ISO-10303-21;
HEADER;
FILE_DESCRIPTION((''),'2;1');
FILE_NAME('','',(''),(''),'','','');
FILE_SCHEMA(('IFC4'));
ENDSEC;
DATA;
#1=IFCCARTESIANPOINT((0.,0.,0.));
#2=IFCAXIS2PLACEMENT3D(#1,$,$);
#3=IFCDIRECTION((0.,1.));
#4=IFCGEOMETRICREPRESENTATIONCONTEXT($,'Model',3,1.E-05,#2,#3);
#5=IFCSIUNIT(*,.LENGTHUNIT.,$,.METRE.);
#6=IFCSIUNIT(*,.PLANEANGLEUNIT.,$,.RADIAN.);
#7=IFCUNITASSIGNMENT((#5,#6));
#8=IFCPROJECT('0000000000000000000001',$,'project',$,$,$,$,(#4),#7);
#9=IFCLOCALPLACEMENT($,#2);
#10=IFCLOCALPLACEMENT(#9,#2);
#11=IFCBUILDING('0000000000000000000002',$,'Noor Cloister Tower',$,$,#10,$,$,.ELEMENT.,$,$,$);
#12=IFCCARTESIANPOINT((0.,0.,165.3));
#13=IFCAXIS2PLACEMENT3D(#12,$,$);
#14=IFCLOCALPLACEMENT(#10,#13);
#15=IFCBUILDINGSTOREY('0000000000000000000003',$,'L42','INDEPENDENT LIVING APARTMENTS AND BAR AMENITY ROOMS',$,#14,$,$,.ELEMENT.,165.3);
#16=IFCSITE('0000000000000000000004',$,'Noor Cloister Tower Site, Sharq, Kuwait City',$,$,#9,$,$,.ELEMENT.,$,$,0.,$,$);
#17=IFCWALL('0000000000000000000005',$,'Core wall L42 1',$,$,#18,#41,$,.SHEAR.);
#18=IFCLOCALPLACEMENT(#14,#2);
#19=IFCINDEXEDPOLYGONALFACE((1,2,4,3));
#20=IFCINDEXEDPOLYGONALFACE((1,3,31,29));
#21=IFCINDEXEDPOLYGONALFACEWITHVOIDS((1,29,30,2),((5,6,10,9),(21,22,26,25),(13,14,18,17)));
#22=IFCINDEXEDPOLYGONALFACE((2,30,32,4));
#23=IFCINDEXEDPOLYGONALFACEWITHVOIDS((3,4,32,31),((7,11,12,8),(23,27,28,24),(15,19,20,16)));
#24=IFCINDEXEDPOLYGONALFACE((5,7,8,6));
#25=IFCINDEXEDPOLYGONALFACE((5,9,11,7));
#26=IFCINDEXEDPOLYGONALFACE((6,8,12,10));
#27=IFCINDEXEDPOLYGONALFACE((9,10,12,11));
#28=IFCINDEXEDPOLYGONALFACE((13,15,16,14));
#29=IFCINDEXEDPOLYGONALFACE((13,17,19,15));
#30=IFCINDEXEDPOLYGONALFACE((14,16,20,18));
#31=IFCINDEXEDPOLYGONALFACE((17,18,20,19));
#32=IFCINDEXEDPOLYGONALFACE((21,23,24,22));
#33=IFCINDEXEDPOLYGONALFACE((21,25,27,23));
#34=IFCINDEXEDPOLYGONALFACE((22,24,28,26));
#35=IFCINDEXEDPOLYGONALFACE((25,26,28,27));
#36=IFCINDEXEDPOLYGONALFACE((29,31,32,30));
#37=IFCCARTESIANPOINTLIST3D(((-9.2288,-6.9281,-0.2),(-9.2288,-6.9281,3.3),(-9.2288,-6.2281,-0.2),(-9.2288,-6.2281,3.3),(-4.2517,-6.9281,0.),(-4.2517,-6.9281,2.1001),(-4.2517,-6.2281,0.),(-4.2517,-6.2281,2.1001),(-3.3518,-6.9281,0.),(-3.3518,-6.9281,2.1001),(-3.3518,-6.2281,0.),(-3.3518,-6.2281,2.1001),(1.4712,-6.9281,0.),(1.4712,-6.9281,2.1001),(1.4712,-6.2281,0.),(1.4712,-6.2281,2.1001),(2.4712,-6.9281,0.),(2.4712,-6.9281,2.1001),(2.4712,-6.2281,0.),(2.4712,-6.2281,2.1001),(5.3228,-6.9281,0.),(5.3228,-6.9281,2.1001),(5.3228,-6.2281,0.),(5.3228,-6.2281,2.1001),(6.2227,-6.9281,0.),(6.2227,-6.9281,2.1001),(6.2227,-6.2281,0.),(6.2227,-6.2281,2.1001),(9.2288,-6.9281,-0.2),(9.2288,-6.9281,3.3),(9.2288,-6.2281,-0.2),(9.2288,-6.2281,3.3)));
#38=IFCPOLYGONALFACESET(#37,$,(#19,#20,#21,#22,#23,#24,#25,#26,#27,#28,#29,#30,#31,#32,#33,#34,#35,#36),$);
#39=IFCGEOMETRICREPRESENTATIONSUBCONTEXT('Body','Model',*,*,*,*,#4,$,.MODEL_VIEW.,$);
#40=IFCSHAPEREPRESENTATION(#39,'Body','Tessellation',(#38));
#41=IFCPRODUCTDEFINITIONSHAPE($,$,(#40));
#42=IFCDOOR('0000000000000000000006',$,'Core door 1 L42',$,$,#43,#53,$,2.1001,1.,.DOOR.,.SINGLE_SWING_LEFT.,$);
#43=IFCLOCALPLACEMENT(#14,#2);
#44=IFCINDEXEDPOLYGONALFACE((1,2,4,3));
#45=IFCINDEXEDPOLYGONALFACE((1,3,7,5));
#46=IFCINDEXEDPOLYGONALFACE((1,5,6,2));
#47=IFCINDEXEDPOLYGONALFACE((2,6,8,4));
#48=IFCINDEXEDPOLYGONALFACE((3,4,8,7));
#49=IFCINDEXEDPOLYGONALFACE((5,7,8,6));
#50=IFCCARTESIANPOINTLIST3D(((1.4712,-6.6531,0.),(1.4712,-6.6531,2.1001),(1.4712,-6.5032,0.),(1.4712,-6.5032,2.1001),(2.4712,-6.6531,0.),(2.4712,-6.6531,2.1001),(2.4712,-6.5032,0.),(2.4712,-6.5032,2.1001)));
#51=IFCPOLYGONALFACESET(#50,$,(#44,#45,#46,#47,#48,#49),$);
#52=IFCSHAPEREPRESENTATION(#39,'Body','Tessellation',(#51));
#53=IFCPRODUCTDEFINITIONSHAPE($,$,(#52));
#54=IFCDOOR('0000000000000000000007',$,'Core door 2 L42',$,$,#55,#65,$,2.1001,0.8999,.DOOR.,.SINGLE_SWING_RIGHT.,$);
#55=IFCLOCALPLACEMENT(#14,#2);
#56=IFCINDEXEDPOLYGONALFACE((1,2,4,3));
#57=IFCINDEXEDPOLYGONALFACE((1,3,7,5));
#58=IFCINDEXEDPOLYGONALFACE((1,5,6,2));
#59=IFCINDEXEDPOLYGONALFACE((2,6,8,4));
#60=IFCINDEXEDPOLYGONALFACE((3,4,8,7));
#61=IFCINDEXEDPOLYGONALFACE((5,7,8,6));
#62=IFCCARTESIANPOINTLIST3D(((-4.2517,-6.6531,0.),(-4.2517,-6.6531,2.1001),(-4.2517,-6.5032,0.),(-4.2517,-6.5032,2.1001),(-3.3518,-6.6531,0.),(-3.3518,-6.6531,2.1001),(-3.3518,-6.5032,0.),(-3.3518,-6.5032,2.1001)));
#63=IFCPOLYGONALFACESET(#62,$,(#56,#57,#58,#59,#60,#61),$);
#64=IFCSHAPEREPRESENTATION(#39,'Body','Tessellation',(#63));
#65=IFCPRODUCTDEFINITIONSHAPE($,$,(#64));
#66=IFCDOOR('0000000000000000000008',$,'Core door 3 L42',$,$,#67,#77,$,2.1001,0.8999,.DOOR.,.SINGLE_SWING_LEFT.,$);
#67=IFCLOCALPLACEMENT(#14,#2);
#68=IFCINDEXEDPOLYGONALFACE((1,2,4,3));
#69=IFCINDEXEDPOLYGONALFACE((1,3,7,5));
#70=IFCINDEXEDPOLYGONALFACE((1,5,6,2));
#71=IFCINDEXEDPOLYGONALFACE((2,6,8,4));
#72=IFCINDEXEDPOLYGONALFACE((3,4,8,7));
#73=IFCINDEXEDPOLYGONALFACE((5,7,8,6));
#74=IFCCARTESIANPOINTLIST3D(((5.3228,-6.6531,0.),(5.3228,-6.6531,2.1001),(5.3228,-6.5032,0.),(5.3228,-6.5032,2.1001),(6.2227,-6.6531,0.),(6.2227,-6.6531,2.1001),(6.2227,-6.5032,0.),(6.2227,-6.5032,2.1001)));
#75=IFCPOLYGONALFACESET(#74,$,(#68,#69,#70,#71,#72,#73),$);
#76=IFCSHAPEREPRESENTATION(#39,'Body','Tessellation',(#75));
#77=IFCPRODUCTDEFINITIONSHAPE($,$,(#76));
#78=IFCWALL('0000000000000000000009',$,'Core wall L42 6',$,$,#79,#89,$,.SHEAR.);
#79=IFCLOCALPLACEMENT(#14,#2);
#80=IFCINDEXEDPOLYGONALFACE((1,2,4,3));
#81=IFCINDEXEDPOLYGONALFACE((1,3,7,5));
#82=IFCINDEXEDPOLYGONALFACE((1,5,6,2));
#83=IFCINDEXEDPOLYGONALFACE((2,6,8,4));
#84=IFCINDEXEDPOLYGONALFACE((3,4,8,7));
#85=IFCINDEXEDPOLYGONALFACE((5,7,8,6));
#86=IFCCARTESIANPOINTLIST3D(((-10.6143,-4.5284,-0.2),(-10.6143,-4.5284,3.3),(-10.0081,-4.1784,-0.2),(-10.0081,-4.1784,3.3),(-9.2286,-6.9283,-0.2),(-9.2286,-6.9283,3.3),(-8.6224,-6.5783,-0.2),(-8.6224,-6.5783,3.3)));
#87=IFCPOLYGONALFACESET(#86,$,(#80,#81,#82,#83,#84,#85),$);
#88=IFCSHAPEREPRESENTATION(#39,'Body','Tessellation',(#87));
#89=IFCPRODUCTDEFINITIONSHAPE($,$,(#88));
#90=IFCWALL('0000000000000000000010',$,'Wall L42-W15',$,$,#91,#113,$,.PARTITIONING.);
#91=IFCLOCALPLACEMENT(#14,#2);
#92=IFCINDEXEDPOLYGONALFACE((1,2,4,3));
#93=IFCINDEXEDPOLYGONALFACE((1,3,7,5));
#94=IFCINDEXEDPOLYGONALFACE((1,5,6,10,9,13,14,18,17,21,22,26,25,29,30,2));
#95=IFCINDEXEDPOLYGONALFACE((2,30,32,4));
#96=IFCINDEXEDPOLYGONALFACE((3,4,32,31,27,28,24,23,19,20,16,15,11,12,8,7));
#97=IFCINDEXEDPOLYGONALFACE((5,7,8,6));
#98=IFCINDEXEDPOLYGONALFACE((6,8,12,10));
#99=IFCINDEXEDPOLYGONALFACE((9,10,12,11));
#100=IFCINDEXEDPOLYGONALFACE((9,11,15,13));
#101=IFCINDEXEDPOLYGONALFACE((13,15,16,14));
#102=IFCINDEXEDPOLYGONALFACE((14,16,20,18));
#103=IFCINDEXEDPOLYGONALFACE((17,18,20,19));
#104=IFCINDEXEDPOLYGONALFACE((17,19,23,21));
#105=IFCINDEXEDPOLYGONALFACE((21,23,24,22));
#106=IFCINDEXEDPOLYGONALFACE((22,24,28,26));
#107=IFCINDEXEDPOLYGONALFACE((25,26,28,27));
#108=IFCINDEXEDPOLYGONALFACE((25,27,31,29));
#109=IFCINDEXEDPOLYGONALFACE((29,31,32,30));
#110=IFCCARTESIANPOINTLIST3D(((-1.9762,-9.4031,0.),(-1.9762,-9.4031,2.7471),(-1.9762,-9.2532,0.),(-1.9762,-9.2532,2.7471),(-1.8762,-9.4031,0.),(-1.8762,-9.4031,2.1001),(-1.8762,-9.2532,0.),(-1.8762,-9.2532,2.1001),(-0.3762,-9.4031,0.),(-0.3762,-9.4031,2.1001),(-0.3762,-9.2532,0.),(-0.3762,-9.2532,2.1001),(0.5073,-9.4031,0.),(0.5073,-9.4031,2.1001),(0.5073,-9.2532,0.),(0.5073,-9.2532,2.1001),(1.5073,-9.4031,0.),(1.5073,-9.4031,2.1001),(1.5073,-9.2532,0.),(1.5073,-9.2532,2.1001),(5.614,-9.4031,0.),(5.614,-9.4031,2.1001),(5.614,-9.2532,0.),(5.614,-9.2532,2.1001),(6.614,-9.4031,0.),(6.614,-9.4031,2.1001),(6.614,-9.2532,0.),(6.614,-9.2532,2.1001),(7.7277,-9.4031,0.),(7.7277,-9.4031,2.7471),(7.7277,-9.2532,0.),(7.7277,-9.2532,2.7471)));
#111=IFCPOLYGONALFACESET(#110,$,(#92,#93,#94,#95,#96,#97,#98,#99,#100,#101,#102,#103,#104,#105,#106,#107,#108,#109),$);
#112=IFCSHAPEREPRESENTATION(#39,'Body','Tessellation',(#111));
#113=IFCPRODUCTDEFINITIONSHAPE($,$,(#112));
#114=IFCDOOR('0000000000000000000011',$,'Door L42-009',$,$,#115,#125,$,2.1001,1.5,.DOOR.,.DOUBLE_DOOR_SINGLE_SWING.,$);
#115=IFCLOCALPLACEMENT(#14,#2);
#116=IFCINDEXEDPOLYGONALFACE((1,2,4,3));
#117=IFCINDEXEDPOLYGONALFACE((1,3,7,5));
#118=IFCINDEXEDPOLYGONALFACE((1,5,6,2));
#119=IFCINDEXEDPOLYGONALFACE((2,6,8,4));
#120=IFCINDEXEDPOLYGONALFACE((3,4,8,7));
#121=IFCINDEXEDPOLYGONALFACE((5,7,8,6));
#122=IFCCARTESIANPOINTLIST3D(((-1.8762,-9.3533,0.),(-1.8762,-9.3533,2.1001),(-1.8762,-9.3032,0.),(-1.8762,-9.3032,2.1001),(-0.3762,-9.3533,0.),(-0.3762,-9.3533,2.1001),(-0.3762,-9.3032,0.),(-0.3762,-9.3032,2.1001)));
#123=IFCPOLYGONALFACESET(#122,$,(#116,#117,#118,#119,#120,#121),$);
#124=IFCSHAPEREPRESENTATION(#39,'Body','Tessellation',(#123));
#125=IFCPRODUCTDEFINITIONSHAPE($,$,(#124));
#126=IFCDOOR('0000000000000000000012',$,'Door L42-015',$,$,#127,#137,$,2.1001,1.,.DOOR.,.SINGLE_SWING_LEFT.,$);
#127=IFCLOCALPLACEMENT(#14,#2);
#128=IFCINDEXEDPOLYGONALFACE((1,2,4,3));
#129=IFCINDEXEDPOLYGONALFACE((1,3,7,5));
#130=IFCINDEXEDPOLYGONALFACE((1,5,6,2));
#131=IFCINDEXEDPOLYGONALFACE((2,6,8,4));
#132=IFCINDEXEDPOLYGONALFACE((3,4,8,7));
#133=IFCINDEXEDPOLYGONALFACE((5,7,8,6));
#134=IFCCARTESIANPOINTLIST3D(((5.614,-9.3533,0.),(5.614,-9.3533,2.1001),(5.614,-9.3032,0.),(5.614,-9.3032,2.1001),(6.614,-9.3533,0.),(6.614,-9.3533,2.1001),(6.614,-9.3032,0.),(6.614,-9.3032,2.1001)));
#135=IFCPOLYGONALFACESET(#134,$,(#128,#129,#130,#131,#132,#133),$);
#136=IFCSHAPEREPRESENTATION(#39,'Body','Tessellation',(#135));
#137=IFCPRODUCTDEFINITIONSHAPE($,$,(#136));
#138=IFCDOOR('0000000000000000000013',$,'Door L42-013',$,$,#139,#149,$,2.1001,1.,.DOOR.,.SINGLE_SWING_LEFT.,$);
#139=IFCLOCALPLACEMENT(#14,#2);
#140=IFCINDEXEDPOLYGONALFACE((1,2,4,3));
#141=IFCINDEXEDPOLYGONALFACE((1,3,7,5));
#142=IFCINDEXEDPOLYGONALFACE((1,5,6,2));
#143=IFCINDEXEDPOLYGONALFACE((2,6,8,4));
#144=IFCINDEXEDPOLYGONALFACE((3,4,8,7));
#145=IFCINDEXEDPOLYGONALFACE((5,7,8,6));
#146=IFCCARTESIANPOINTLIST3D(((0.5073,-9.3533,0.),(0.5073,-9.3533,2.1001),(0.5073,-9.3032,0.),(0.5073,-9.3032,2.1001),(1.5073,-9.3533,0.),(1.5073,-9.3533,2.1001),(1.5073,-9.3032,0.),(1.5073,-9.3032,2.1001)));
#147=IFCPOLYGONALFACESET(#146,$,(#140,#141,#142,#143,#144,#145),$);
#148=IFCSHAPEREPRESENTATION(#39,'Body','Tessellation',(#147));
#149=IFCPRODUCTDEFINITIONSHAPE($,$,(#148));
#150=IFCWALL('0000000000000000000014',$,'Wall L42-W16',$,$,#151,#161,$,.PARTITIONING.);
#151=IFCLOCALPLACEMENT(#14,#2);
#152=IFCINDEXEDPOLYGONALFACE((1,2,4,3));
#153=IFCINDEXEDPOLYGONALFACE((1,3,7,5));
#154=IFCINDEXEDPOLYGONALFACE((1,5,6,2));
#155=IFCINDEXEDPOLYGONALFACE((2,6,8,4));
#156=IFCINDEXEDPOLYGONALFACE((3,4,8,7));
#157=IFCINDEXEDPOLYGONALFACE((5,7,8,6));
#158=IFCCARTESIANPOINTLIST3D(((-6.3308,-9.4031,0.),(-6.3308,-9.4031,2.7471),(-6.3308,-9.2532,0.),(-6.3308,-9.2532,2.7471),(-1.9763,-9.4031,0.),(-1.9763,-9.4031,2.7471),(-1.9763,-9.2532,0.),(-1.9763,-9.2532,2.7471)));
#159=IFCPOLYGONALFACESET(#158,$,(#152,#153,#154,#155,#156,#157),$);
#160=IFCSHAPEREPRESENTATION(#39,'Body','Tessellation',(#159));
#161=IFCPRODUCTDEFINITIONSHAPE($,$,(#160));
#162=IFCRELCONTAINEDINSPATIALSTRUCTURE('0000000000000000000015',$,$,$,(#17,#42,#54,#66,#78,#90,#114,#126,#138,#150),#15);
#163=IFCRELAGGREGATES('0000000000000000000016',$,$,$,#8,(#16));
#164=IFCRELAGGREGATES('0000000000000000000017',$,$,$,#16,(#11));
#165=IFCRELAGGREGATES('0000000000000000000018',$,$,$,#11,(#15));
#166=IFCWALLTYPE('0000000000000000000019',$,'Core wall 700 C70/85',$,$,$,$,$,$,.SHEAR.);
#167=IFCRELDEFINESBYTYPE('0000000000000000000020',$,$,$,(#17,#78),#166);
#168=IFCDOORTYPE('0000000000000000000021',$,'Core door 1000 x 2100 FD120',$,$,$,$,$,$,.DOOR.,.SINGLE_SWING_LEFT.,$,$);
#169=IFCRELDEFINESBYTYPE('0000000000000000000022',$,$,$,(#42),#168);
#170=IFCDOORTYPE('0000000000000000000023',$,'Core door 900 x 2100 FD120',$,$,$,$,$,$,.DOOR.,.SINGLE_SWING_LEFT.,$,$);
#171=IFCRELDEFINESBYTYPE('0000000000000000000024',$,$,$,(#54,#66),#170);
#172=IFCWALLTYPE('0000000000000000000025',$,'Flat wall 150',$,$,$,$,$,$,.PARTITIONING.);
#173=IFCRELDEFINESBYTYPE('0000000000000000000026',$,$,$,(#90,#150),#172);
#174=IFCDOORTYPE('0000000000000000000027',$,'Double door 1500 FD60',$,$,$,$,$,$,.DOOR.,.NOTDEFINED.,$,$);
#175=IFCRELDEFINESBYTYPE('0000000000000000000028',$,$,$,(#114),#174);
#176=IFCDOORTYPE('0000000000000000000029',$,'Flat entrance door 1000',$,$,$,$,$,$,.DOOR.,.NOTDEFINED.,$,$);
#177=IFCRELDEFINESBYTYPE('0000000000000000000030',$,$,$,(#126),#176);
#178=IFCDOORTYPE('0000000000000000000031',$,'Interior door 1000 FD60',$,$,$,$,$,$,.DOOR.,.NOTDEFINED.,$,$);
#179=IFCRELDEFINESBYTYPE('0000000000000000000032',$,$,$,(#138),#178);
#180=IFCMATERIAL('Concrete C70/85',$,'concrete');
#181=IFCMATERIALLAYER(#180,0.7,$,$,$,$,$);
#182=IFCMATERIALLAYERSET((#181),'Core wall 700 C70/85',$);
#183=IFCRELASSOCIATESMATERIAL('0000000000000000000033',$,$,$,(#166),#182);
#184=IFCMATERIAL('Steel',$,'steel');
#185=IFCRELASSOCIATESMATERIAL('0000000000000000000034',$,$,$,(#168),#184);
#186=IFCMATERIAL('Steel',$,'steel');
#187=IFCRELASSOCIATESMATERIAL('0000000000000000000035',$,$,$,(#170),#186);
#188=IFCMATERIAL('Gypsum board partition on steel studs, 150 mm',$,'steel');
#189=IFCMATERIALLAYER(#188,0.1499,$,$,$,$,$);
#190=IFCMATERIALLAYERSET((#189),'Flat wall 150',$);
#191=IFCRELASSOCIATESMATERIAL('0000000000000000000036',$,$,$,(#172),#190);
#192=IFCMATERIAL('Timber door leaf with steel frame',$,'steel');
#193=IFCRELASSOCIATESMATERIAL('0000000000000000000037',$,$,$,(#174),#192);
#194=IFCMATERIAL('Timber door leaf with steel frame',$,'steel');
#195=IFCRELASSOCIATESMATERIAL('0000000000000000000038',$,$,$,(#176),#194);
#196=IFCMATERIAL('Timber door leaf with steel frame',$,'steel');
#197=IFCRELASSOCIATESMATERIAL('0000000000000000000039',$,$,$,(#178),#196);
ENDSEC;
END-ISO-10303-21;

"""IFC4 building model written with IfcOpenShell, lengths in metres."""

from ifc_helpers import new_model, si_unit, direction, frame, frame_2d, origin, place, context, subcontext, project, spatial, rectangle, extrude, material, layer, layer_set, type_object, element, fill, save


model = new_model("IFC4")

# Units and contexts
model_context = context("Model", 3, precision=1e-05, world=origin(), true_north=direction((0.0, 1.0)))
body_context = subcontext(model_context, "Body", "Model", "MODEL_VIEW")
ifc_project = project(units=[si_unit("LENGTHUNIT", "METRE"), si_unit("PLANEANGLEUNIT", "RADIAN")], contexts=[model_context])

# Site, building, storey
site_placement = place(None, origin())
site = spatial("IfcSite", under=ifc_project, at=site_placement, Name="Noor Cloister Tower Site, Sharq, Kuwait City", CompositionType="ELEMENT", RefElevation=0.0)
building_placement = place(site_placement, origin())
building = spatial("IfcBuilding", under=site, at=building_placement, Name="Noor Cloister Tower", CompositionType="ELEMENT")
storey_placement = place(building_placement, frame((0.0, 0.0, 165.3)))
storey = spatial("IfcBuildingStorey", under=building, at=storey_placement, Name="L42", Description="INDEPENDENT LIVING APARTMENTS AND BAR AMENITY ROOMS", CompositionType="ELEMENT", Elevation=165.3)

# Wall, openings, doors
ifc_material_1 = material(Name="Concrete C70/85", Category="concrete")
ifc_layer_1 = layer(ifc_material_1, 0.7)
ifc_layer_set_1 = layer_set([ifc_layer_1], Name="Core wall 700 C70/85")
wall_type_1 = type_object("IfcWallType", Name="Core wall 700 C70/85", PredefinedType="SHEAR", material=ifc_layer_set_1)
wall_1_placement = place(storey_placement, frame((-9.2288, -6.5781, -0.2), z_axis=(0.0, 0.0, 1.0), x_axis=(1.0, 0.0, 0.0)))
wall_1 = element("IfcWall", 1, at=wall_1_placement, inside=storey, type_object=wall_type_1, Name="Core wall L42 1", PredefinedType="SHEAR", context=body_context, shape_type="SweptSolid", body=[
    extrude(rectangle(XDim=18.4575, YDim=0.7, at=frame_2d((9.2288, 0.0))), origin(), (0.0, 0.0, 1.0), 3.5),
])
opening_1_placement = place(wall_1_placement, frame((10.7, 0.0, 0.2)))
opening_1 = element("IfcOpeningElement", 2, at=opening_1_placement, cuts=wall_1, PredefinedType="OPENING", context=body_context, shape_type="SweptSolid", body=[
    extrude(rectangle(XDim=1.0, YDim=2.1001, at=frame_2d((0.5, 1.05))), frame((0.0, 0.3599, 0.0), z_axis=(0.0, -1.0, 0.0), x_axis=(1.0, 0.0, 0.0)), (0.0, 0.0, 1.0), 0.72),
])
opening_2_placement = place(wall_1_placement, frame((4.9771, 0.0, 0.2)))
opening_2 = element("IfcOpeningElement", 3, at=opening_2_placement, cuts=wall_1, PredefinedType="OPENING", context=body_context, shape_type="SweptSolid", body=[
    extrude(rectangle(XDim=0.8999, YDim=2.1001, at=frame_2d((0.45, 1.05))), frame((0.0, 0.3599, 0.0), z_axis=(0.0, -1.0, 0.0), x_axis=(1.0, 0.0, 0.0)), (0.0, 0.0, 1.0), 0.72),
])
opening_3_placement = place(wall_1_placement, frame((14.5515, 0.0, 0.2)))
opening_3 = element("IfcOpeningElement", 4, at=opening_3_placement, cuts=wall_1, PredefinedType="OPENING", context=body_context, shape_type="SweptSolid", body=[
    extrude(rectangle(XDim=0.8999, YDim=2.1001, at=frame_2d((0.45, 1.05))), frame((0.0, 0.3599, 0.0), z_axis=(0.0, -1.0, 0.0), x_axis=(1.0, 0.0, 0.0)), (0.0, 0.0, 1.0), 0.72),
])
ifc_material_2 = material(Name="Steel", Category="steel")
door_type_1 = type_object("IfcDoorType", Name="Core door 1000 x 2100 FD120", OperationType="SINGLE_SWING_LEFT", PredefinedType="DOOR", material=ifc_material_2)
door_1_placement = place(opening_1_placement, origin())
door_1 = element("IfcDoor", 5, at=door_1_placement, inside=storey, type_object=door_type_1, Name="Core door 1 L42", OperationType="SINGLE_SWING_LEFT", OverallHeight=2.1001, OverallWidth=1.0, PredefinedType="DOOR", context=body_context, shape_type="SweptSolid", body=[
    extrude(rectangle(XDim=1.0, YDim=2.1001, at=frame_2d((0.5, 1.05))), frame((0.0, 0.075, 0.0), z_axis=(0.0, -1.0, 0.0), x_axis=(1.0, 0.0, 0.0)), (0.0, 0.0, 1.0), 0.1499),
])
fill(opening_1, door_1)
ifc_material_3 = material(Name="Steel", Category="steel")
door_type_2 = type_object("IfcDoorType", Name="Core door 900 x 2100 FD120", OperationType="SINGLE_SWING_LEFT", PredefinedType="DOOR", material=ifc_material_3)
door_2_placement = place(opening_2_placement, origin())
door_2 = element("IfcDoor", 6, at=door_2_placement, inside=storey, type_object=door_type_2, Name="Core door 2 L42", OperationType="SINGLE_SWING_RIGHT", OverallHeight=2.1001, OverallWidth=0.8999, PredefinedType="DOOR", context=body_context, shape_type="SweptSolid", body=[
    extrude(rectangle(XDim=0.8999, YDim=2.1001, at=frame_2d((0.45, 1.05))), frame((0.0, 0.075, 0.0), z_axis=(0.0, -1.0, 0.0), x_axis=(1.0, 0.0, 0.0)), (0.0, 0.0, 1.0), 0.1499),
])
fill(opening_2, door_2)
door_3_placement = place(opening_3_placement, origin())
door_3 = element("IfcDoor", 7, at=door_3_placement, inside=storey, type_object=door_type_2, Name="Core door 3 L42", OperationType="SINGLE_SWING_LEFT", OverallHeight=2.1001, OverallWidth=0.8999, PredefinedType="DOOR", context=body_context, shape_type="SweptSolid", body=[
    extrude(rectangle(XDim=0.8999, YDim=2.1001, at=frame_2d((0.45, 1.05))), frame((0.0, 0.075, 0.0), z_axis=(0.0, -1.0, 0.0), x_axis=(1.0, 0.0, 0.0)), (0.0, 0.0, 1.0), 0.1499),
])
fill(opening_3, door_3)

# Wall
wall_2_placement = place(storey_placement, frame((-10.3113, -4.3533, -0.2), z_axis=(0.0, 0.0, 1.0), x_axis=(0.500043, -0.866001, 0.0)))
element("IfcWall", 8, at=wall_2_placement, inside=storey, type_object=wall_type_1, Name="Core wall L42 6", PredefinedType="SHEAR", context=body_context, shape_type="SweptSolid", body=[
    extrude(rectangle(XDim=2.7712, YDim=0.7, at=frame_2d((1.3857, 0.0))), origin(), (0.0, 0.0, 1.0), 3.5),
])

# Wall, openings, doors
ifc_material_4 = material(Name="Gypsum board partition on steel studs, 150 mm", Category="steel")
ifc_layer_2 = layer(ifc_material_4, 0.1499)
ifc_layer_set_2 = layer_set([ifc_layer_2], Name="Flat wall 150")
wall_type_2 = type_object("IfcWallType", Name="Flat wall 150", PredefinedType="PARTITIONING", material=ifc_layer_set_2)
wall_3_placement = place(storey_placement, frame((-1.9763, -9.3281, 0.0), z_axis=(0.0, 0.0, 1.0), x_axis=(1.0, 0.0, 0.0)))
wall_3 = element("IfcWall", 9, at=wall_3_placement, inside=storey, type_object=wall_type_2, Name="Wall L42-W15", PredefinedType="PARTITIONING", context=body_context, shape_type="SweptSolid", body=[
    extrude(rectangle(XDim=9.7039, YDim=0.1499, at=frame_2d((4.8521, 0.0))), origin(), (0.0, 0.0, 1.0), 2.7471),
])
opening_4_placement = place(wall_3_placement, frame((0.1001, 0.0, 0.0)))
opening_4 = element("IfcOpeningElement", 10, at=opening_4_placement, cuts=wall_3, PredefinedType="OPENING", context=body_context, shape_type="SweptSolid", body=[
    extrude(rectangle(XDim=1.5, YDim=2.1001, at=frame_2d((0.75, 1.05))), frame((0.0, 0.085, 0.0), z_axis=(0.0, -1.0, 0.0), x_axis=(1.0, 0.0, 0.0)), (0.0, 0.0, 1.0), 0.1699),
])
opening_5_placement = place(wall_3_placement, frame((2.4836, 0.0, 0.0)))
opening_5 = element("IfcOpeningElement", 11, at=opening_5_placement, cuts=wall_3, PredefinedType="OPENING", context=body_context, shape_type="SweptSolid", body=[
    extrude(rectangle(XDim=1.0, YDim=2.1001, at=frame_2d((0.5, 1.05))), frame((0.0, 0.085, 0.0), z_axis=(0.0, -1.0, 0.0), x_axis=(1.0, 0.0, 0.0)), (0.0, 0.0, 1.0), 0.1699),
])
opening_6_placement = place(wall_3_placement, frame((7.5903, 0.0, 0.0)))
opening_6 = element("IfcOpeningElement", 12, at=opening_6_placement, cuts=wall_3, PredefinedType="OPENING", context=body_context, shape_type="SweptSolid", body=[
    extrude(rectangle(XDim=1.0, YDim=2.1001, at=frame_2d((0.5, 1.05))), frame((0.0, 0.085, 0.0), z_axis=(0.0, -1.0, 0.0), x_axis=(1.0, 0.0, 0.0)), (0.0, 0.0, 1.0), 0.1699),
])
ifc_material_5 = material(Name="Timber door leaf with steel frame", Category="steel")
door_type_3 = type_object("IfcDoorType", Name="Double door 1500 FD60", OperationType="NOTDEFINED", PredefinedType="DOOR", material=ifc_material_5)
door_4_placement = place(opening_4_placement, origin())
door_4 = element("IfcDoor", 13, at=door_4_placement, inside=storey, type_object=door_type_3, Name="Door L42-009", OperationType="DOUBLE_DOOR_SINGLE_SWING", OverallHeight=2.1001, OverallWidth=1.5, PredefinedType="DOOR", context=body_context, shape_type="SweptSolid", body=[
    extrude(rectangle(XDim=1.5, YDim=2.1001, at=frame_2d((0.75, 1.05))), frame((0.0, 0.0249, 0.0), z_axis=(0.0, -1.0, 0.0), x_axis=(1.0, 0.0, 0.0)), (0.0, 0.0, 1.0), 0.05),
])
fill(opening_4, door_4)
ifc_material_6 = material(Name="Timber door leaf with steel frame", Category="steel")
door_type_4 = type_object("IfcDoorType", Name="Flat entrance door 1000", OperationType="NOTDEFINED", PredefinedType="DOOR", material=ifc_material_6)
door_5_placement = place(opening_6_placement, origin())
door_5 = element("IfcDoor", 14, at=door_5_placement, inside=storey, type_object=door_type_4, Name="Door L42-015", OperationType="SINGLE_SWING_LEFT", OverallHeight=2.1001, OverallWidth=1.0, PredefinedType="DOOR", context=body_context, shape_type="SweptSolid", body=[
    extrude(rectangle(XDim=1.0, YDim=2.1001, at=frame_2d((0.5, 1.05))), frame((0.0, 0.0249, 0.0), z_axis=(0.0, -1.0, 0.0), x_axis=(1.0, 0.0, 0.0)), (0.0, 0.0, 1.0), 0.05),
])
fill(opening_6, door_5)
ifc_material_7 = material(Name="Timber door leaf with steel frame", Category="steel")
door_type_5 = type_object("IfcDoorType", Name="Interior door 1000 FD60", OperationType="NOTDEFINED", PredefinedType="DOOR", material=ifc_material_7)
door_6_placement = place(opening_5_placement, origin())
door_6 = element("IfcDoor", 15, at=door_6_placement, inside=storey, type_object=door_type_5, Name="Door L42-013", OperationType="SINGLE_SWING_LEFT", OverallHeight=2.1001, OverallWidth=1.0, PredefinedType="DOOR", context=body_context, shape_type="SweptSolid", body=[
    extrude(rectangle(XDim=1.0, YDim=2.1001, at=frame_2d((0.5, 1.05))), frame((0.0, 0.0249, 0.0), z_axis=(0.0, -1.0, 0.0), x_axis=(1.0, 0.0, 0.0)), (0.0, 0.0, 1.0), 0.05),
])
fill(opening_5, door_6)

# Wall
wall_4_placement = place(storey_placement, frame((-6.3308, -9.3281, 0.0), z_axis=(0.0, 0.0, 1.0), x_axis=(1.0, 0.0, 0.0)))
element("IfcWall", 16, at=wall_4_placement, inside=storey, type_object=wall_type_2, Name="Wall L42-W16", PredefinedType="PARTITIONING", context=body_context, shape_type="SweptSolid", body=[
    extrude(rectangle(XDim=4.3545, YDim=0.1499, at=frame_2d((2.1772, 0.0))), origin(), (0.0, 0.0, 1.0), 2.7471),
])

save(model, "model.ifc")
